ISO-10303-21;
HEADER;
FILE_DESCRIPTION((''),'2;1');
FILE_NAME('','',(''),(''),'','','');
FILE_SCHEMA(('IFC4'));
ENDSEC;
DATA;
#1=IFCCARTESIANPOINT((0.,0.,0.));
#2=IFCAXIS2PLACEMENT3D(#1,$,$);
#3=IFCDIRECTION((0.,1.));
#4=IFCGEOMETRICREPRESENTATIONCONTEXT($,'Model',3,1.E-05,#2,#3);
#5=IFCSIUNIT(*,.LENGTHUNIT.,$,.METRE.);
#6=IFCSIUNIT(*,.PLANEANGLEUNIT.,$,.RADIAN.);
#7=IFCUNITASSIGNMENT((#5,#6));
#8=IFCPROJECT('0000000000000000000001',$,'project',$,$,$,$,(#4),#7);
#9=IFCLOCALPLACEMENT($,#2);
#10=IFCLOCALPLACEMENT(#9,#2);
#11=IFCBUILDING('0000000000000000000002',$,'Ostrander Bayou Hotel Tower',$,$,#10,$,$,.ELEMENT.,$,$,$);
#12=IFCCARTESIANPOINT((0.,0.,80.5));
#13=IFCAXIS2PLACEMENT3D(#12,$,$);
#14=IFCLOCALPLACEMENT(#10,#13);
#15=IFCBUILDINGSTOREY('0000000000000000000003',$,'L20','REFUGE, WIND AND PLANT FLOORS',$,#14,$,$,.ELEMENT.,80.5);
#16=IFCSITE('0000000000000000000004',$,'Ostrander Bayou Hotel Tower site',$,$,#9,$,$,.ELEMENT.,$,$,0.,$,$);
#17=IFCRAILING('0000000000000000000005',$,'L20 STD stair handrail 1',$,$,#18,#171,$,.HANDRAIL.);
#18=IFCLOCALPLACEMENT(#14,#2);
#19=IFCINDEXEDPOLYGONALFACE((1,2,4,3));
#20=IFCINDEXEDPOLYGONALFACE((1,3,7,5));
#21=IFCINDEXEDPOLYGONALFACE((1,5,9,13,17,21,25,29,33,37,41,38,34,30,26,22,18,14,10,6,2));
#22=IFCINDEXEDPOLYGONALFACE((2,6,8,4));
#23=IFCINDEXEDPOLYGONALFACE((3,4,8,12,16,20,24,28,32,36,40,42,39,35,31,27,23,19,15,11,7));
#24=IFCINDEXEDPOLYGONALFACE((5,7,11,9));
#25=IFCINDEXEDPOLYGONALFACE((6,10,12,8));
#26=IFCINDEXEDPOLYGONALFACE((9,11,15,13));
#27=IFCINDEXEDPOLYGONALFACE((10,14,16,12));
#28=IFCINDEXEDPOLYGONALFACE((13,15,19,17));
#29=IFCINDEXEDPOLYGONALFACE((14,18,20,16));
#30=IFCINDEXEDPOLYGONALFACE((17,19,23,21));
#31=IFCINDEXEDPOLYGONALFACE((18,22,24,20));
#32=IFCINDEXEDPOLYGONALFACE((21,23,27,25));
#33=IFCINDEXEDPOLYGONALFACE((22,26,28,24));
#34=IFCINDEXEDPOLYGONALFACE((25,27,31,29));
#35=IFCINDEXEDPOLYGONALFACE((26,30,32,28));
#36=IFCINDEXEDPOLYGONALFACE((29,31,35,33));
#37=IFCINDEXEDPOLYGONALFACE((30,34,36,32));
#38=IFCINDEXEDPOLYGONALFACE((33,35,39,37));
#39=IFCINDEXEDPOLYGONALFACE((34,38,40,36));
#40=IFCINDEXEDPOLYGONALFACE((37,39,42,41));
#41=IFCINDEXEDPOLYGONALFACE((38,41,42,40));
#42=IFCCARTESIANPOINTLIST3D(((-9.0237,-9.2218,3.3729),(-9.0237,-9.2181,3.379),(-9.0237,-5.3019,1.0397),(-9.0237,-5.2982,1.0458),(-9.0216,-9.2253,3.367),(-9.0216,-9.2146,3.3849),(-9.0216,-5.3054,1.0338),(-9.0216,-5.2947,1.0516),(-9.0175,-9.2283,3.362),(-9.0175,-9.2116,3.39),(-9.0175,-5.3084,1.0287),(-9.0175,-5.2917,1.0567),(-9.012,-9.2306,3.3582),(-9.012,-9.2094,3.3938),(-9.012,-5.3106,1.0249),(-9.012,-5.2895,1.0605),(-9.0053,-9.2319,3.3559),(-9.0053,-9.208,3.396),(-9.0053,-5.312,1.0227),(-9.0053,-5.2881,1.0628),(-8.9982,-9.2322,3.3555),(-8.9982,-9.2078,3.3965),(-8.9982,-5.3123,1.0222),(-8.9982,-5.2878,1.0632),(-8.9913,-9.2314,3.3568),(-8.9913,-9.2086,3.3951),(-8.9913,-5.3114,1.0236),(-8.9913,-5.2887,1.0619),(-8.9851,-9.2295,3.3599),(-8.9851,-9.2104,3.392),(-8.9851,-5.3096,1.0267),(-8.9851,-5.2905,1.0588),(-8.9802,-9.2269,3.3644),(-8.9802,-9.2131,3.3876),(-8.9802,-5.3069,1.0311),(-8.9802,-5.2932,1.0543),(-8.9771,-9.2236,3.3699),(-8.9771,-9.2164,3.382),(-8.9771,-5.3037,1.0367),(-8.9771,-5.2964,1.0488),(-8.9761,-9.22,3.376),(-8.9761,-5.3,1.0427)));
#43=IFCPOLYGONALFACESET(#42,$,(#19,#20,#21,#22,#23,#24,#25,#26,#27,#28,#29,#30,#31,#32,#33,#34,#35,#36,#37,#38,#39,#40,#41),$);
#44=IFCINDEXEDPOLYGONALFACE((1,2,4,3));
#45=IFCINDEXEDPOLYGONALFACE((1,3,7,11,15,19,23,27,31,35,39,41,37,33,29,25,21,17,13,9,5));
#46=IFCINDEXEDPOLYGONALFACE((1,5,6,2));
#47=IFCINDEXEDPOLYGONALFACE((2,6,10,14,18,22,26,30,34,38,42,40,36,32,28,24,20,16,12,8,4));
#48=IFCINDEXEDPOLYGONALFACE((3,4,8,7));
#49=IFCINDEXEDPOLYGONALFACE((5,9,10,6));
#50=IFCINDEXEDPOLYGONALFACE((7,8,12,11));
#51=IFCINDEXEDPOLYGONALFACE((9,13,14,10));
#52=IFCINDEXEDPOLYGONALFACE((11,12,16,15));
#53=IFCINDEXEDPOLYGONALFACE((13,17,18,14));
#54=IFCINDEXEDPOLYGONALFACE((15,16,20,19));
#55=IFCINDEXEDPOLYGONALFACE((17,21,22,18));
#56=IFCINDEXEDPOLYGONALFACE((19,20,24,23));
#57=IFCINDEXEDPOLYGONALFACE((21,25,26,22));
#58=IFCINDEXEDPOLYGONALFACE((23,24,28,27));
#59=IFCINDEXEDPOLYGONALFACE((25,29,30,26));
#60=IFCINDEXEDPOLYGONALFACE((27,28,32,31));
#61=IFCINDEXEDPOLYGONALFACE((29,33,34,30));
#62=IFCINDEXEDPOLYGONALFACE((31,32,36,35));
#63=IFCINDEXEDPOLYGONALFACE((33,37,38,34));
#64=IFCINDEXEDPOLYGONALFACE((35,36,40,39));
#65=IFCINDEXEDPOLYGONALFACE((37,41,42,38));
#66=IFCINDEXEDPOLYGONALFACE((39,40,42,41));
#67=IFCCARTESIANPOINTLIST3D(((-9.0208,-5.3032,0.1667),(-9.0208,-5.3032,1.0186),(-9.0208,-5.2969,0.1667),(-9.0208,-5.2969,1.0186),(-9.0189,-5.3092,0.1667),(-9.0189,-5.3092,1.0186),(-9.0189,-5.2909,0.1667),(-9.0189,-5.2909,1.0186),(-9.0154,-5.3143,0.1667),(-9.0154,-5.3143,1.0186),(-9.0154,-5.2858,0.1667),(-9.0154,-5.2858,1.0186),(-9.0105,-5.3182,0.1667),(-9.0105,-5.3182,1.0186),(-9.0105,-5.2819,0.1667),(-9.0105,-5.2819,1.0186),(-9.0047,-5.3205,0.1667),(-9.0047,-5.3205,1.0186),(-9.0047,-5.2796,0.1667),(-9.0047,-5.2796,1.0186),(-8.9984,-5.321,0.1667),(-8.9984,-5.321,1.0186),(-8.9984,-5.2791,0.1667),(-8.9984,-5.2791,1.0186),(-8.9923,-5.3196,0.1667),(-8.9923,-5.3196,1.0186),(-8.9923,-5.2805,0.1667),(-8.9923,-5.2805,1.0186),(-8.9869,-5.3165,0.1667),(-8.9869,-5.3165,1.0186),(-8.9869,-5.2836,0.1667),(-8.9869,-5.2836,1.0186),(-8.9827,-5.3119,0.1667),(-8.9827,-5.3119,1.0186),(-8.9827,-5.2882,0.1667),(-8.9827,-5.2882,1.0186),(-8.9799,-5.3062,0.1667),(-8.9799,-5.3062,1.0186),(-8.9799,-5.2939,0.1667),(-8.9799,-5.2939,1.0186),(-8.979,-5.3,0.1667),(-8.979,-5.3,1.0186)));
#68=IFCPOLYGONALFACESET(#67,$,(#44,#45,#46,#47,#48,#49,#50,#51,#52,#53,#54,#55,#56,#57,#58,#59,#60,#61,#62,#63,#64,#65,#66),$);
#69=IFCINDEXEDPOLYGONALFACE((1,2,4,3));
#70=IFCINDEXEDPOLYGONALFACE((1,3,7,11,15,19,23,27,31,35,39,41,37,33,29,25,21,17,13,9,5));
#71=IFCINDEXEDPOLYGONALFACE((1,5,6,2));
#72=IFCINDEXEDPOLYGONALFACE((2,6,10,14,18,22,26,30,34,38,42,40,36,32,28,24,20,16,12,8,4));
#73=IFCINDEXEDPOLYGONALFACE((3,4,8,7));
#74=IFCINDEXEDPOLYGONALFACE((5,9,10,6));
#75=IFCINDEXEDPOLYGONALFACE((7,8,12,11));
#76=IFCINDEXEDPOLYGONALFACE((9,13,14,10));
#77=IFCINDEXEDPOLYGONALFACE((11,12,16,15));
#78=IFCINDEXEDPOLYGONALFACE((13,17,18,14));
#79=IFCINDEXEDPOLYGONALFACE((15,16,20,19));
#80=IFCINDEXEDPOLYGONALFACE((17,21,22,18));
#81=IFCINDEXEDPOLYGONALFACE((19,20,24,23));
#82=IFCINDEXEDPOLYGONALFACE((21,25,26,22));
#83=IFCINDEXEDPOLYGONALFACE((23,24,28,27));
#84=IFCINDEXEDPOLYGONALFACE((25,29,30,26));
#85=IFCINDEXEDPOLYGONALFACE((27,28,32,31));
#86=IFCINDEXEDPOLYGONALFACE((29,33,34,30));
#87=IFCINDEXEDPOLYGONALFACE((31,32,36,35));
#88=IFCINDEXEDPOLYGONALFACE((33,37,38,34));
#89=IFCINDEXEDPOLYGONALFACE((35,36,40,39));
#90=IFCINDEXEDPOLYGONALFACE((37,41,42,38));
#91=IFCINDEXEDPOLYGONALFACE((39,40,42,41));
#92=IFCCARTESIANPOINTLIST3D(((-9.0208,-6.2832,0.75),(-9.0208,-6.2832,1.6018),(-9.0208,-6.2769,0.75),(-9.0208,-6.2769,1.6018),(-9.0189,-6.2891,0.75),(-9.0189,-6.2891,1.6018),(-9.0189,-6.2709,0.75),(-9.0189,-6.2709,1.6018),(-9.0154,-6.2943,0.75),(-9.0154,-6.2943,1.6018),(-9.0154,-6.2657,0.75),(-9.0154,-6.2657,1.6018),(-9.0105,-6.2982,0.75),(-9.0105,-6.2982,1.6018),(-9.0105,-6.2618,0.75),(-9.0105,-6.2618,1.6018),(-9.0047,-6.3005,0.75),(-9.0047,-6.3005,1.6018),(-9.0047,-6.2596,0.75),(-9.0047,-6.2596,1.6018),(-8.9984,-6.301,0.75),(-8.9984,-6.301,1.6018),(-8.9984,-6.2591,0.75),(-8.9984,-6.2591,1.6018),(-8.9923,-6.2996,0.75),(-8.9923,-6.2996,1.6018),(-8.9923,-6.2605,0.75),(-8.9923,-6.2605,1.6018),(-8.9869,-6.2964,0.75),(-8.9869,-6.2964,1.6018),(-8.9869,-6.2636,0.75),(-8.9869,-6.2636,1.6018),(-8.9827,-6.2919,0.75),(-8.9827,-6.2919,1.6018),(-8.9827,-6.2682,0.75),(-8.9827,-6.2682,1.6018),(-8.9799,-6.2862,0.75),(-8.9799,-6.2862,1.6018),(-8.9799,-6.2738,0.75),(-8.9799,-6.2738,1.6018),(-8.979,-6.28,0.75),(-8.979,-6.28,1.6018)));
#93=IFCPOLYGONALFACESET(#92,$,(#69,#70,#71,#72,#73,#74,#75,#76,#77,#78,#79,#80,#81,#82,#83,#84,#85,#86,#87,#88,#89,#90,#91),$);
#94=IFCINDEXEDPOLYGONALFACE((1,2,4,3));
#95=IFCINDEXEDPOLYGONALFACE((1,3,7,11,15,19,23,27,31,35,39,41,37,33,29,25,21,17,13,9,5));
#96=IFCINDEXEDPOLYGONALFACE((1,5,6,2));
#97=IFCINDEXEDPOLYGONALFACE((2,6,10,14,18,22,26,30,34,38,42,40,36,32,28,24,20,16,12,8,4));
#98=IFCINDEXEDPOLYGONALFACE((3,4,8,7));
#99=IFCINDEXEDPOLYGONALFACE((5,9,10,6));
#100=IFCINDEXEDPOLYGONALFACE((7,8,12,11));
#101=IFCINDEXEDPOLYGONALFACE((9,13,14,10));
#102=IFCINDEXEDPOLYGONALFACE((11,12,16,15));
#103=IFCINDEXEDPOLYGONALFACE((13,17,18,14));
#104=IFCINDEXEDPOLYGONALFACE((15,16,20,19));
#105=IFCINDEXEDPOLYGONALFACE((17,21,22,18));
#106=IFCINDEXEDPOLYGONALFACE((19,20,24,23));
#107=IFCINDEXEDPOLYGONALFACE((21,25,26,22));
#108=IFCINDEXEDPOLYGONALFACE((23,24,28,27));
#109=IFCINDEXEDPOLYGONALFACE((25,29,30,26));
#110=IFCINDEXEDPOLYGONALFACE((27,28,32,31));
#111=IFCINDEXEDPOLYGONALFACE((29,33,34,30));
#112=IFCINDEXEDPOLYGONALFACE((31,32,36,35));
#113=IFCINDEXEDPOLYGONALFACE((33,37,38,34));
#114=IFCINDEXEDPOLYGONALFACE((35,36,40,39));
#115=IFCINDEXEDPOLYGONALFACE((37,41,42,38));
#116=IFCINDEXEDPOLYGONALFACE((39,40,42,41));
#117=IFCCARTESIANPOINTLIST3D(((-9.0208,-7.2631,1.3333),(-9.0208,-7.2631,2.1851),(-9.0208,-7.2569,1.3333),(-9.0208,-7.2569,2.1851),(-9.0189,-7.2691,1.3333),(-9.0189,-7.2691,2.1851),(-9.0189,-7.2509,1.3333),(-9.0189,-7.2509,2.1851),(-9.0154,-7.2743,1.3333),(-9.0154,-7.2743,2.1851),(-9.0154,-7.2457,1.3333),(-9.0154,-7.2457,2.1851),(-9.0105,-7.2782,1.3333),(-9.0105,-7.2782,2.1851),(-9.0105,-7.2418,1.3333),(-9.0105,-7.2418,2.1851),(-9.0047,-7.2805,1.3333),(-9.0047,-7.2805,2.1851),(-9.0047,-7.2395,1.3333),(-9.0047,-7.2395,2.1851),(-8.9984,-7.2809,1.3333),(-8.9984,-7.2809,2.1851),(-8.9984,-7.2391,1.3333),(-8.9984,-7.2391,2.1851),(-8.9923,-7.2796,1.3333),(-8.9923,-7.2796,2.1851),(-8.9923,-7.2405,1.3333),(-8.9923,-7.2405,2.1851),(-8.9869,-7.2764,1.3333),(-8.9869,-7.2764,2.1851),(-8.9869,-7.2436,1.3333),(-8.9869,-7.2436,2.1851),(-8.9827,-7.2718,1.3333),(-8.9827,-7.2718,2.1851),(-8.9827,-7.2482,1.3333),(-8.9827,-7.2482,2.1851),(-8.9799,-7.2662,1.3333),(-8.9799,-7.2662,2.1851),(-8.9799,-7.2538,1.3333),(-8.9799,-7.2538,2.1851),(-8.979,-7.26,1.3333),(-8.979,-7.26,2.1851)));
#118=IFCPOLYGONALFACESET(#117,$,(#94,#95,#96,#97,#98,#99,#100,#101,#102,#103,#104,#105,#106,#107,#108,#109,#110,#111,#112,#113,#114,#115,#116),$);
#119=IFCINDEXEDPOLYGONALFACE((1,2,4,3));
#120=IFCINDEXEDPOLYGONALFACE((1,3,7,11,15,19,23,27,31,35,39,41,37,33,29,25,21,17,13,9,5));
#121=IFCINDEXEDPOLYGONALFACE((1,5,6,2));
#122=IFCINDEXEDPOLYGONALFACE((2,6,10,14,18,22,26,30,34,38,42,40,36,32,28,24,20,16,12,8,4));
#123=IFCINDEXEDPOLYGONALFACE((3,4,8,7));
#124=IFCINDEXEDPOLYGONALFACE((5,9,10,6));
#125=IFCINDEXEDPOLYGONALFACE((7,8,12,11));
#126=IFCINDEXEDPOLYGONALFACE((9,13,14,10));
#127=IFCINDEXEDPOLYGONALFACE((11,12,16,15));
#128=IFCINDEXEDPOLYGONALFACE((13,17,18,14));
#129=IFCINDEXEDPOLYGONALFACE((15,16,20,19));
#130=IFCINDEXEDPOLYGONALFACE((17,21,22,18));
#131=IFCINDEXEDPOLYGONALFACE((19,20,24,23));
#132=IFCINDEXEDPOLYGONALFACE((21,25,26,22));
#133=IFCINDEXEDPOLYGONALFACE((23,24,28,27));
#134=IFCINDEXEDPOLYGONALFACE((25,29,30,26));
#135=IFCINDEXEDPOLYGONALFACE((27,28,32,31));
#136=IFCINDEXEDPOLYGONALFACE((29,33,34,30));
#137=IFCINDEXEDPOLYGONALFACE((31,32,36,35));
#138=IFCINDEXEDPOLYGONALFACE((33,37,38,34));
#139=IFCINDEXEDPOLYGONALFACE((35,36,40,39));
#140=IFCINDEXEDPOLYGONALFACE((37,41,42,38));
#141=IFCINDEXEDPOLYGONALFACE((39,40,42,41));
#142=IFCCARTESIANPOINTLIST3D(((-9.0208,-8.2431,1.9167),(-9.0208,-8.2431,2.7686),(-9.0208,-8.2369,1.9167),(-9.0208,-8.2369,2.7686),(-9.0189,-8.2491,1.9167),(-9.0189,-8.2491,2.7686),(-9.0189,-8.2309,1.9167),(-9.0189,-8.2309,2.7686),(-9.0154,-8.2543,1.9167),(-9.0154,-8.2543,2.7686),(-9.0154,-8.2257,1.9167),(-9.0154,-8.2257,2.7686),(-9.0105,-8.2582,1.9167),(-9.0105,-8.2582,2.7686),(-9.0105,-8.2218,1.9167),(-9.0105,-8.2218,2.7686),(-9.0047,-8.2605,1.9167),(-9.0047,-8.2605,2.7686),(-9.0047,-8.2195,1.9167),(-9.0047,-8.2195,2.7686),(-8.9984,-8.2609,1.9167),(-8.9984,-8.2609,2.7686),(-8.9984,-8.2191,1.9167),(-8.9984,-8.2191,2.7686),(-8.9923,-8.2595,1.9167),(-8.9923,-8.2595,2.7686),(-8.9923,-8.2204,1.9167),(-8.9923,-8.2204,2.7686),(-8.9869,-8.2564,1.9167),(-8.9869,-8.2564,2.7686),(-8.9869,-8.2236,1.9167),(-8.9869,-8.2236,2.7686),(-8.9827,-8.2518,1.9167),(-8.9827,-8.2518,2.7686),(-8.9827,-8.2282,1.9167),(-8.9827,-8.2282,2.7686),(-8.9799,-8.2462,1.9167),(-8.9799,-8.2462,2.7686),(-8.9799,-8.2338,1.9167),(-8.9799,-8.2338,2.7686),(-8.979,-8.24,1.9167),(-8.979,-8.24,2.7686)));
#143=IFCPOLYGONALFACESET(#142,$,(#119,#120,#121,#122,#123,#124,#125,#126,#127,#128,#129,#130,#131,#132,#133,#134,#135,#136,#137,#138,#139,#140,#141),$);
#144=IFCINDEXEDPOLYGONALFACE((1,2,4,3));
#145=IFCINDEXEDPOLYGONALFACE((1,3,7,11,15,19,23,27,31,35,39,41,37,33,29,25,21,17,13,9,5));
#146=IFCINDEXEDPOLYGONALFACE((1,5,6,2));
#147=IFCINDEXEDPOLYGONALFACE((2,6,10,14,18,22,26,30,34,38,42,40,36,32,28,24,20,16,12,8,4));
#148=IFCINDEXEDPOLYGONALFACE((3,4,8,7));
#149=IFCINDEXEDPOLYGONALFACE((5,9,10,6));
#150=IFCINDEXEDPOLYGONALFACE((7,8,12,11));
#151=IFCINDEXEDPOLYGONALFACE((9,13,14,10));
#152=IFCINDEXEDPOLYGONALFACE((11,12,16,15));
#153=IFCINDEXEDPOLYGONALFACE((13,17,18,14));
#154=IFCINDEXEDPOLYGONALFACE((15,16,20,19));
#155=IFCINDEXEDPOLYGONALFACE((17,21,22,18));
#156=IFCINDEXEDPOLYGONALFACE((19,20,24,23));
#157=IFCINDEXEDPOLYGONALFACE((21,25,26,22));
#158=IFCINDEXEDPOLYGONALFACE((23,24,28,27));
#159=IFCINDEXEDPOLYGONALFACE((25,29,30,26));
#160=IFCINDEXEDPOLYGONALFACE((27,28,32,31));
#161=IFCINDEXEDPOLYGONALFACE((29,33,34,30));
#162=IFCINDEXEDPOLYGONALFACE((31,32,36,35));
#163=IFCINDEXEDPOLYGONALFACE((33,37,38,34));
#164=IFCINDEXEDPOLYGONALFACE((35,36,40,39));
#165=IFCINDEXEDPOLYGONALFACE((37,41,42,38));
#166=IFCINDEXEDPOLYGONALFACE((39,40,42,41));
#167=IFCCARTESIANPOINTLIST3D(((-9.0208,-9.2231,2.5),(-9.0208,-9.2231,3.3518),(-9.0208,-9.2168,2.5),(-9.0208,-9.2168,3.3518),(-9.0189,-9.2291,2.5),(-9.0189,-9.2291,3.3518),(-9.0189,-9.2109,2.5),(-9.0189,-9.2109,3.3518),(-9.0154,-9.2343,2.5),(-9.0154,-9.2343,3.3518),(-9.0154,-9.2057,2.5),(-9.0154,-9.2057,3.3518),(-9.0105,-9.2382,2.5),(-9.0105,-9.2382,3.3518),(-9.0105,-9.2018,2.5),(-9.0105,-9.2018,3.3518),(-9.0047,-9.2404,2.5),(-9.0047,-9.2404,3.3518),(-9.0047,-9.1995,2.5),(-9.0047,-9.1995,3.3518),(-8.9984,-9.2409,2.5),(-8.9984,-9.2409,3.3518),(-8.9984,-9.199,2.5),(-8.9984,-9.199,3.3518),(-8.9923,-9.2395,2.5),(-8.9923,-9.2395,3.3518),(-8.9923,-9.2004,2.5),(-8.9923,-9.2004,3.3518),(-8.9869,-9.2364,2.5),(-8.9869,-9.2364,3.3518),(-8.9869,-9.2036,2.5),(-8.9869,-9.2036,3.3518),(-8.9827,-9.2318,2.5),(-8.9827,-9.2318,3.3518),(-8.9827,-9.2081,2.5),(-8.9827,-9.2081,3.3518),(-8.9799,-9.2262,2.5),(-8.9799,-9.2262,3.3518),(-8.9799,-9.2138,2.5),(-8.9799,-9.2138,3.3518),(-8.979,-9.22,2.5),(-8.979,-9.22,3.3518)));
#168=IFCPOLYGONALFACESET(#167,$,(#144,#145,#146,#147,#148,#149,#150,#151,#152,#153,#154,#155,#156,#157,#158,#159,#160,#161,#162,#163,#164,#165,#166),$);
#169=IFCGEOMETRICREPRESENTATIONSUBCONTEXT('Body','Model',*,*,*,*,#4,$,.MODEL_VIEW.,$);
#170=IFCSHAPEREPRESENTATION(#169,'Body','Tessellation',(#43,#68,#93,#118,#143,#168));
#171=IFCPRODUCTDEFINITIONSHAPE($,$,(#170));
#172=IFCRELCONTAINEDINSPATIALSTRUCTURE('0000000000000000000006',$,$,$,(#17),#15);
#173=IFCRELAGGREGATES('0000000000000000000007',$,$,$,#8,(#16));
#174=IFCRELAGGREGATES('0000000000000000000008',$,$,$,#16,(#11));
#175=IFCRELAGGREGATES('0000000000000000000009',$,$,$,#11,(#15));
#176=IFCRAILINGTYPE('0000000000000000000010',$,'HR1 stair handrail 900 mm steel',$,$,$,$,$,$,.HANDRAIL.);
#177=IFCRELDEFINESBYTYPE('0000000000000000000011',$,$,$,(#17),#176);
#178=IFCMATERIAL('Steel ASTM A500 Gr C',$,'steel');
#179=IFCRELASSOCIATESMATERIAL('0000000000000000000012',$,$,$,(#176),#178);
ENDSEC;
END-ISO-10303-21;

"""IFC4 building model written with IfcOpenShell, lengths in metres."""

from ifc_helpers import new_model, si_unit, direction, frame, origin, origin_2d, place, context, subcontext, project, spatial, circle, extrude, material, type_object, element, save


model = new_model("IFC4")

# Units and contexts
model_context = context("Model", 3, precision=1e-05, world=origin(), true_north=direction((0.0, 1.0)))
body_context = subcontext(model_context, "Body", "Model", "MODEL_VIEW")
ifc_project = project(units=[si_unit("LENGTHUNIT", "METRE"), si_unit("PLANEANGLEUNIT", "RADIAN")], contexts=[model_context])

# Site, building, storey
site_placement = place(None, origin())
site = spatial("IfcSite", under=ifc_project, at=site_placement, Name="Ostrander Bayou Hotel Tower site", CompositionType="ELEMENT", RefElevation=0.0)
building_placement = place(site_placement, origin())
building = spatial("IfcBuilding", under=site, at=building_placement, Name="Ostrander Bayou Hotel Tower", CompositionType="ELEMENT")
storey_placement = place(building_placement, frame((0.0, 0.0, 80.5)))
storey = spatial("IfcBuildingStorey", under=building, at=storey_placement, Name="L20", Description="REFUGE, WIND AND PLANT FLOORS", CompositionType="ELEMENT", Elevation=80.5)

# Railing
ifc_material_1 = material(Name="Steel ASTM A500 Gr C", Category="steel")
railing_type_1 = type_object("IfcRailingType", Name="HR1 stair handrail 900 mm steel", PredefinedType="HANDRAIL", material=ifc_material_1)
railing_1_placement = place(storey_placement, frame((-9.0, -5.3, 0.1667)))
element("IfcRailing", 1, at=railing_1_placement, inside=storey, type_object=railing_type_1, Name="L20 STD stair handrail 1", PredefinedType="HANDRAIL", context=body_context, shape_type="SweptSolid", body=[
    extrude(circle(Radius=0.0239, at=origin_2d()), frame((0.0, 0.0, 0.876), z_axis=(0.0, -0.859296, 0.511478), x_axis=(1.0, 0.0, 0.0)), (0.0, 0.0, 1.0), 4.5618),
    extrude(circle(Radius=0.021, at=origin_2d()), origin(), (0.0, 0.0, 1.0), 0.8518),
    extrude(circle(Radius=0.021, at=origin_2d()), frame((0.0, -0.98, 0.5833)), (0.0, 0.0, 1.0), 0.8518),
    extrude(circle(Radius=0.021, at=origin_2d()), frame((0.0, -1.96, 1.1665)), (0.0, 0.0, 1.0), 0.8518),
    extrude(circle(Radius=0.021, at=origin_2d()), frame((0.0, -2.9399, 1.75)), (0.0, 0.0, 1.0), 0.8518),
    extrude(circle(Radius=0.021, at=origin_2d()), frame((0.0, -3.9199, 2.3333)), (0.0, 0.0, 1.0), 0.8518),
])

save(model, "model.ifc")
